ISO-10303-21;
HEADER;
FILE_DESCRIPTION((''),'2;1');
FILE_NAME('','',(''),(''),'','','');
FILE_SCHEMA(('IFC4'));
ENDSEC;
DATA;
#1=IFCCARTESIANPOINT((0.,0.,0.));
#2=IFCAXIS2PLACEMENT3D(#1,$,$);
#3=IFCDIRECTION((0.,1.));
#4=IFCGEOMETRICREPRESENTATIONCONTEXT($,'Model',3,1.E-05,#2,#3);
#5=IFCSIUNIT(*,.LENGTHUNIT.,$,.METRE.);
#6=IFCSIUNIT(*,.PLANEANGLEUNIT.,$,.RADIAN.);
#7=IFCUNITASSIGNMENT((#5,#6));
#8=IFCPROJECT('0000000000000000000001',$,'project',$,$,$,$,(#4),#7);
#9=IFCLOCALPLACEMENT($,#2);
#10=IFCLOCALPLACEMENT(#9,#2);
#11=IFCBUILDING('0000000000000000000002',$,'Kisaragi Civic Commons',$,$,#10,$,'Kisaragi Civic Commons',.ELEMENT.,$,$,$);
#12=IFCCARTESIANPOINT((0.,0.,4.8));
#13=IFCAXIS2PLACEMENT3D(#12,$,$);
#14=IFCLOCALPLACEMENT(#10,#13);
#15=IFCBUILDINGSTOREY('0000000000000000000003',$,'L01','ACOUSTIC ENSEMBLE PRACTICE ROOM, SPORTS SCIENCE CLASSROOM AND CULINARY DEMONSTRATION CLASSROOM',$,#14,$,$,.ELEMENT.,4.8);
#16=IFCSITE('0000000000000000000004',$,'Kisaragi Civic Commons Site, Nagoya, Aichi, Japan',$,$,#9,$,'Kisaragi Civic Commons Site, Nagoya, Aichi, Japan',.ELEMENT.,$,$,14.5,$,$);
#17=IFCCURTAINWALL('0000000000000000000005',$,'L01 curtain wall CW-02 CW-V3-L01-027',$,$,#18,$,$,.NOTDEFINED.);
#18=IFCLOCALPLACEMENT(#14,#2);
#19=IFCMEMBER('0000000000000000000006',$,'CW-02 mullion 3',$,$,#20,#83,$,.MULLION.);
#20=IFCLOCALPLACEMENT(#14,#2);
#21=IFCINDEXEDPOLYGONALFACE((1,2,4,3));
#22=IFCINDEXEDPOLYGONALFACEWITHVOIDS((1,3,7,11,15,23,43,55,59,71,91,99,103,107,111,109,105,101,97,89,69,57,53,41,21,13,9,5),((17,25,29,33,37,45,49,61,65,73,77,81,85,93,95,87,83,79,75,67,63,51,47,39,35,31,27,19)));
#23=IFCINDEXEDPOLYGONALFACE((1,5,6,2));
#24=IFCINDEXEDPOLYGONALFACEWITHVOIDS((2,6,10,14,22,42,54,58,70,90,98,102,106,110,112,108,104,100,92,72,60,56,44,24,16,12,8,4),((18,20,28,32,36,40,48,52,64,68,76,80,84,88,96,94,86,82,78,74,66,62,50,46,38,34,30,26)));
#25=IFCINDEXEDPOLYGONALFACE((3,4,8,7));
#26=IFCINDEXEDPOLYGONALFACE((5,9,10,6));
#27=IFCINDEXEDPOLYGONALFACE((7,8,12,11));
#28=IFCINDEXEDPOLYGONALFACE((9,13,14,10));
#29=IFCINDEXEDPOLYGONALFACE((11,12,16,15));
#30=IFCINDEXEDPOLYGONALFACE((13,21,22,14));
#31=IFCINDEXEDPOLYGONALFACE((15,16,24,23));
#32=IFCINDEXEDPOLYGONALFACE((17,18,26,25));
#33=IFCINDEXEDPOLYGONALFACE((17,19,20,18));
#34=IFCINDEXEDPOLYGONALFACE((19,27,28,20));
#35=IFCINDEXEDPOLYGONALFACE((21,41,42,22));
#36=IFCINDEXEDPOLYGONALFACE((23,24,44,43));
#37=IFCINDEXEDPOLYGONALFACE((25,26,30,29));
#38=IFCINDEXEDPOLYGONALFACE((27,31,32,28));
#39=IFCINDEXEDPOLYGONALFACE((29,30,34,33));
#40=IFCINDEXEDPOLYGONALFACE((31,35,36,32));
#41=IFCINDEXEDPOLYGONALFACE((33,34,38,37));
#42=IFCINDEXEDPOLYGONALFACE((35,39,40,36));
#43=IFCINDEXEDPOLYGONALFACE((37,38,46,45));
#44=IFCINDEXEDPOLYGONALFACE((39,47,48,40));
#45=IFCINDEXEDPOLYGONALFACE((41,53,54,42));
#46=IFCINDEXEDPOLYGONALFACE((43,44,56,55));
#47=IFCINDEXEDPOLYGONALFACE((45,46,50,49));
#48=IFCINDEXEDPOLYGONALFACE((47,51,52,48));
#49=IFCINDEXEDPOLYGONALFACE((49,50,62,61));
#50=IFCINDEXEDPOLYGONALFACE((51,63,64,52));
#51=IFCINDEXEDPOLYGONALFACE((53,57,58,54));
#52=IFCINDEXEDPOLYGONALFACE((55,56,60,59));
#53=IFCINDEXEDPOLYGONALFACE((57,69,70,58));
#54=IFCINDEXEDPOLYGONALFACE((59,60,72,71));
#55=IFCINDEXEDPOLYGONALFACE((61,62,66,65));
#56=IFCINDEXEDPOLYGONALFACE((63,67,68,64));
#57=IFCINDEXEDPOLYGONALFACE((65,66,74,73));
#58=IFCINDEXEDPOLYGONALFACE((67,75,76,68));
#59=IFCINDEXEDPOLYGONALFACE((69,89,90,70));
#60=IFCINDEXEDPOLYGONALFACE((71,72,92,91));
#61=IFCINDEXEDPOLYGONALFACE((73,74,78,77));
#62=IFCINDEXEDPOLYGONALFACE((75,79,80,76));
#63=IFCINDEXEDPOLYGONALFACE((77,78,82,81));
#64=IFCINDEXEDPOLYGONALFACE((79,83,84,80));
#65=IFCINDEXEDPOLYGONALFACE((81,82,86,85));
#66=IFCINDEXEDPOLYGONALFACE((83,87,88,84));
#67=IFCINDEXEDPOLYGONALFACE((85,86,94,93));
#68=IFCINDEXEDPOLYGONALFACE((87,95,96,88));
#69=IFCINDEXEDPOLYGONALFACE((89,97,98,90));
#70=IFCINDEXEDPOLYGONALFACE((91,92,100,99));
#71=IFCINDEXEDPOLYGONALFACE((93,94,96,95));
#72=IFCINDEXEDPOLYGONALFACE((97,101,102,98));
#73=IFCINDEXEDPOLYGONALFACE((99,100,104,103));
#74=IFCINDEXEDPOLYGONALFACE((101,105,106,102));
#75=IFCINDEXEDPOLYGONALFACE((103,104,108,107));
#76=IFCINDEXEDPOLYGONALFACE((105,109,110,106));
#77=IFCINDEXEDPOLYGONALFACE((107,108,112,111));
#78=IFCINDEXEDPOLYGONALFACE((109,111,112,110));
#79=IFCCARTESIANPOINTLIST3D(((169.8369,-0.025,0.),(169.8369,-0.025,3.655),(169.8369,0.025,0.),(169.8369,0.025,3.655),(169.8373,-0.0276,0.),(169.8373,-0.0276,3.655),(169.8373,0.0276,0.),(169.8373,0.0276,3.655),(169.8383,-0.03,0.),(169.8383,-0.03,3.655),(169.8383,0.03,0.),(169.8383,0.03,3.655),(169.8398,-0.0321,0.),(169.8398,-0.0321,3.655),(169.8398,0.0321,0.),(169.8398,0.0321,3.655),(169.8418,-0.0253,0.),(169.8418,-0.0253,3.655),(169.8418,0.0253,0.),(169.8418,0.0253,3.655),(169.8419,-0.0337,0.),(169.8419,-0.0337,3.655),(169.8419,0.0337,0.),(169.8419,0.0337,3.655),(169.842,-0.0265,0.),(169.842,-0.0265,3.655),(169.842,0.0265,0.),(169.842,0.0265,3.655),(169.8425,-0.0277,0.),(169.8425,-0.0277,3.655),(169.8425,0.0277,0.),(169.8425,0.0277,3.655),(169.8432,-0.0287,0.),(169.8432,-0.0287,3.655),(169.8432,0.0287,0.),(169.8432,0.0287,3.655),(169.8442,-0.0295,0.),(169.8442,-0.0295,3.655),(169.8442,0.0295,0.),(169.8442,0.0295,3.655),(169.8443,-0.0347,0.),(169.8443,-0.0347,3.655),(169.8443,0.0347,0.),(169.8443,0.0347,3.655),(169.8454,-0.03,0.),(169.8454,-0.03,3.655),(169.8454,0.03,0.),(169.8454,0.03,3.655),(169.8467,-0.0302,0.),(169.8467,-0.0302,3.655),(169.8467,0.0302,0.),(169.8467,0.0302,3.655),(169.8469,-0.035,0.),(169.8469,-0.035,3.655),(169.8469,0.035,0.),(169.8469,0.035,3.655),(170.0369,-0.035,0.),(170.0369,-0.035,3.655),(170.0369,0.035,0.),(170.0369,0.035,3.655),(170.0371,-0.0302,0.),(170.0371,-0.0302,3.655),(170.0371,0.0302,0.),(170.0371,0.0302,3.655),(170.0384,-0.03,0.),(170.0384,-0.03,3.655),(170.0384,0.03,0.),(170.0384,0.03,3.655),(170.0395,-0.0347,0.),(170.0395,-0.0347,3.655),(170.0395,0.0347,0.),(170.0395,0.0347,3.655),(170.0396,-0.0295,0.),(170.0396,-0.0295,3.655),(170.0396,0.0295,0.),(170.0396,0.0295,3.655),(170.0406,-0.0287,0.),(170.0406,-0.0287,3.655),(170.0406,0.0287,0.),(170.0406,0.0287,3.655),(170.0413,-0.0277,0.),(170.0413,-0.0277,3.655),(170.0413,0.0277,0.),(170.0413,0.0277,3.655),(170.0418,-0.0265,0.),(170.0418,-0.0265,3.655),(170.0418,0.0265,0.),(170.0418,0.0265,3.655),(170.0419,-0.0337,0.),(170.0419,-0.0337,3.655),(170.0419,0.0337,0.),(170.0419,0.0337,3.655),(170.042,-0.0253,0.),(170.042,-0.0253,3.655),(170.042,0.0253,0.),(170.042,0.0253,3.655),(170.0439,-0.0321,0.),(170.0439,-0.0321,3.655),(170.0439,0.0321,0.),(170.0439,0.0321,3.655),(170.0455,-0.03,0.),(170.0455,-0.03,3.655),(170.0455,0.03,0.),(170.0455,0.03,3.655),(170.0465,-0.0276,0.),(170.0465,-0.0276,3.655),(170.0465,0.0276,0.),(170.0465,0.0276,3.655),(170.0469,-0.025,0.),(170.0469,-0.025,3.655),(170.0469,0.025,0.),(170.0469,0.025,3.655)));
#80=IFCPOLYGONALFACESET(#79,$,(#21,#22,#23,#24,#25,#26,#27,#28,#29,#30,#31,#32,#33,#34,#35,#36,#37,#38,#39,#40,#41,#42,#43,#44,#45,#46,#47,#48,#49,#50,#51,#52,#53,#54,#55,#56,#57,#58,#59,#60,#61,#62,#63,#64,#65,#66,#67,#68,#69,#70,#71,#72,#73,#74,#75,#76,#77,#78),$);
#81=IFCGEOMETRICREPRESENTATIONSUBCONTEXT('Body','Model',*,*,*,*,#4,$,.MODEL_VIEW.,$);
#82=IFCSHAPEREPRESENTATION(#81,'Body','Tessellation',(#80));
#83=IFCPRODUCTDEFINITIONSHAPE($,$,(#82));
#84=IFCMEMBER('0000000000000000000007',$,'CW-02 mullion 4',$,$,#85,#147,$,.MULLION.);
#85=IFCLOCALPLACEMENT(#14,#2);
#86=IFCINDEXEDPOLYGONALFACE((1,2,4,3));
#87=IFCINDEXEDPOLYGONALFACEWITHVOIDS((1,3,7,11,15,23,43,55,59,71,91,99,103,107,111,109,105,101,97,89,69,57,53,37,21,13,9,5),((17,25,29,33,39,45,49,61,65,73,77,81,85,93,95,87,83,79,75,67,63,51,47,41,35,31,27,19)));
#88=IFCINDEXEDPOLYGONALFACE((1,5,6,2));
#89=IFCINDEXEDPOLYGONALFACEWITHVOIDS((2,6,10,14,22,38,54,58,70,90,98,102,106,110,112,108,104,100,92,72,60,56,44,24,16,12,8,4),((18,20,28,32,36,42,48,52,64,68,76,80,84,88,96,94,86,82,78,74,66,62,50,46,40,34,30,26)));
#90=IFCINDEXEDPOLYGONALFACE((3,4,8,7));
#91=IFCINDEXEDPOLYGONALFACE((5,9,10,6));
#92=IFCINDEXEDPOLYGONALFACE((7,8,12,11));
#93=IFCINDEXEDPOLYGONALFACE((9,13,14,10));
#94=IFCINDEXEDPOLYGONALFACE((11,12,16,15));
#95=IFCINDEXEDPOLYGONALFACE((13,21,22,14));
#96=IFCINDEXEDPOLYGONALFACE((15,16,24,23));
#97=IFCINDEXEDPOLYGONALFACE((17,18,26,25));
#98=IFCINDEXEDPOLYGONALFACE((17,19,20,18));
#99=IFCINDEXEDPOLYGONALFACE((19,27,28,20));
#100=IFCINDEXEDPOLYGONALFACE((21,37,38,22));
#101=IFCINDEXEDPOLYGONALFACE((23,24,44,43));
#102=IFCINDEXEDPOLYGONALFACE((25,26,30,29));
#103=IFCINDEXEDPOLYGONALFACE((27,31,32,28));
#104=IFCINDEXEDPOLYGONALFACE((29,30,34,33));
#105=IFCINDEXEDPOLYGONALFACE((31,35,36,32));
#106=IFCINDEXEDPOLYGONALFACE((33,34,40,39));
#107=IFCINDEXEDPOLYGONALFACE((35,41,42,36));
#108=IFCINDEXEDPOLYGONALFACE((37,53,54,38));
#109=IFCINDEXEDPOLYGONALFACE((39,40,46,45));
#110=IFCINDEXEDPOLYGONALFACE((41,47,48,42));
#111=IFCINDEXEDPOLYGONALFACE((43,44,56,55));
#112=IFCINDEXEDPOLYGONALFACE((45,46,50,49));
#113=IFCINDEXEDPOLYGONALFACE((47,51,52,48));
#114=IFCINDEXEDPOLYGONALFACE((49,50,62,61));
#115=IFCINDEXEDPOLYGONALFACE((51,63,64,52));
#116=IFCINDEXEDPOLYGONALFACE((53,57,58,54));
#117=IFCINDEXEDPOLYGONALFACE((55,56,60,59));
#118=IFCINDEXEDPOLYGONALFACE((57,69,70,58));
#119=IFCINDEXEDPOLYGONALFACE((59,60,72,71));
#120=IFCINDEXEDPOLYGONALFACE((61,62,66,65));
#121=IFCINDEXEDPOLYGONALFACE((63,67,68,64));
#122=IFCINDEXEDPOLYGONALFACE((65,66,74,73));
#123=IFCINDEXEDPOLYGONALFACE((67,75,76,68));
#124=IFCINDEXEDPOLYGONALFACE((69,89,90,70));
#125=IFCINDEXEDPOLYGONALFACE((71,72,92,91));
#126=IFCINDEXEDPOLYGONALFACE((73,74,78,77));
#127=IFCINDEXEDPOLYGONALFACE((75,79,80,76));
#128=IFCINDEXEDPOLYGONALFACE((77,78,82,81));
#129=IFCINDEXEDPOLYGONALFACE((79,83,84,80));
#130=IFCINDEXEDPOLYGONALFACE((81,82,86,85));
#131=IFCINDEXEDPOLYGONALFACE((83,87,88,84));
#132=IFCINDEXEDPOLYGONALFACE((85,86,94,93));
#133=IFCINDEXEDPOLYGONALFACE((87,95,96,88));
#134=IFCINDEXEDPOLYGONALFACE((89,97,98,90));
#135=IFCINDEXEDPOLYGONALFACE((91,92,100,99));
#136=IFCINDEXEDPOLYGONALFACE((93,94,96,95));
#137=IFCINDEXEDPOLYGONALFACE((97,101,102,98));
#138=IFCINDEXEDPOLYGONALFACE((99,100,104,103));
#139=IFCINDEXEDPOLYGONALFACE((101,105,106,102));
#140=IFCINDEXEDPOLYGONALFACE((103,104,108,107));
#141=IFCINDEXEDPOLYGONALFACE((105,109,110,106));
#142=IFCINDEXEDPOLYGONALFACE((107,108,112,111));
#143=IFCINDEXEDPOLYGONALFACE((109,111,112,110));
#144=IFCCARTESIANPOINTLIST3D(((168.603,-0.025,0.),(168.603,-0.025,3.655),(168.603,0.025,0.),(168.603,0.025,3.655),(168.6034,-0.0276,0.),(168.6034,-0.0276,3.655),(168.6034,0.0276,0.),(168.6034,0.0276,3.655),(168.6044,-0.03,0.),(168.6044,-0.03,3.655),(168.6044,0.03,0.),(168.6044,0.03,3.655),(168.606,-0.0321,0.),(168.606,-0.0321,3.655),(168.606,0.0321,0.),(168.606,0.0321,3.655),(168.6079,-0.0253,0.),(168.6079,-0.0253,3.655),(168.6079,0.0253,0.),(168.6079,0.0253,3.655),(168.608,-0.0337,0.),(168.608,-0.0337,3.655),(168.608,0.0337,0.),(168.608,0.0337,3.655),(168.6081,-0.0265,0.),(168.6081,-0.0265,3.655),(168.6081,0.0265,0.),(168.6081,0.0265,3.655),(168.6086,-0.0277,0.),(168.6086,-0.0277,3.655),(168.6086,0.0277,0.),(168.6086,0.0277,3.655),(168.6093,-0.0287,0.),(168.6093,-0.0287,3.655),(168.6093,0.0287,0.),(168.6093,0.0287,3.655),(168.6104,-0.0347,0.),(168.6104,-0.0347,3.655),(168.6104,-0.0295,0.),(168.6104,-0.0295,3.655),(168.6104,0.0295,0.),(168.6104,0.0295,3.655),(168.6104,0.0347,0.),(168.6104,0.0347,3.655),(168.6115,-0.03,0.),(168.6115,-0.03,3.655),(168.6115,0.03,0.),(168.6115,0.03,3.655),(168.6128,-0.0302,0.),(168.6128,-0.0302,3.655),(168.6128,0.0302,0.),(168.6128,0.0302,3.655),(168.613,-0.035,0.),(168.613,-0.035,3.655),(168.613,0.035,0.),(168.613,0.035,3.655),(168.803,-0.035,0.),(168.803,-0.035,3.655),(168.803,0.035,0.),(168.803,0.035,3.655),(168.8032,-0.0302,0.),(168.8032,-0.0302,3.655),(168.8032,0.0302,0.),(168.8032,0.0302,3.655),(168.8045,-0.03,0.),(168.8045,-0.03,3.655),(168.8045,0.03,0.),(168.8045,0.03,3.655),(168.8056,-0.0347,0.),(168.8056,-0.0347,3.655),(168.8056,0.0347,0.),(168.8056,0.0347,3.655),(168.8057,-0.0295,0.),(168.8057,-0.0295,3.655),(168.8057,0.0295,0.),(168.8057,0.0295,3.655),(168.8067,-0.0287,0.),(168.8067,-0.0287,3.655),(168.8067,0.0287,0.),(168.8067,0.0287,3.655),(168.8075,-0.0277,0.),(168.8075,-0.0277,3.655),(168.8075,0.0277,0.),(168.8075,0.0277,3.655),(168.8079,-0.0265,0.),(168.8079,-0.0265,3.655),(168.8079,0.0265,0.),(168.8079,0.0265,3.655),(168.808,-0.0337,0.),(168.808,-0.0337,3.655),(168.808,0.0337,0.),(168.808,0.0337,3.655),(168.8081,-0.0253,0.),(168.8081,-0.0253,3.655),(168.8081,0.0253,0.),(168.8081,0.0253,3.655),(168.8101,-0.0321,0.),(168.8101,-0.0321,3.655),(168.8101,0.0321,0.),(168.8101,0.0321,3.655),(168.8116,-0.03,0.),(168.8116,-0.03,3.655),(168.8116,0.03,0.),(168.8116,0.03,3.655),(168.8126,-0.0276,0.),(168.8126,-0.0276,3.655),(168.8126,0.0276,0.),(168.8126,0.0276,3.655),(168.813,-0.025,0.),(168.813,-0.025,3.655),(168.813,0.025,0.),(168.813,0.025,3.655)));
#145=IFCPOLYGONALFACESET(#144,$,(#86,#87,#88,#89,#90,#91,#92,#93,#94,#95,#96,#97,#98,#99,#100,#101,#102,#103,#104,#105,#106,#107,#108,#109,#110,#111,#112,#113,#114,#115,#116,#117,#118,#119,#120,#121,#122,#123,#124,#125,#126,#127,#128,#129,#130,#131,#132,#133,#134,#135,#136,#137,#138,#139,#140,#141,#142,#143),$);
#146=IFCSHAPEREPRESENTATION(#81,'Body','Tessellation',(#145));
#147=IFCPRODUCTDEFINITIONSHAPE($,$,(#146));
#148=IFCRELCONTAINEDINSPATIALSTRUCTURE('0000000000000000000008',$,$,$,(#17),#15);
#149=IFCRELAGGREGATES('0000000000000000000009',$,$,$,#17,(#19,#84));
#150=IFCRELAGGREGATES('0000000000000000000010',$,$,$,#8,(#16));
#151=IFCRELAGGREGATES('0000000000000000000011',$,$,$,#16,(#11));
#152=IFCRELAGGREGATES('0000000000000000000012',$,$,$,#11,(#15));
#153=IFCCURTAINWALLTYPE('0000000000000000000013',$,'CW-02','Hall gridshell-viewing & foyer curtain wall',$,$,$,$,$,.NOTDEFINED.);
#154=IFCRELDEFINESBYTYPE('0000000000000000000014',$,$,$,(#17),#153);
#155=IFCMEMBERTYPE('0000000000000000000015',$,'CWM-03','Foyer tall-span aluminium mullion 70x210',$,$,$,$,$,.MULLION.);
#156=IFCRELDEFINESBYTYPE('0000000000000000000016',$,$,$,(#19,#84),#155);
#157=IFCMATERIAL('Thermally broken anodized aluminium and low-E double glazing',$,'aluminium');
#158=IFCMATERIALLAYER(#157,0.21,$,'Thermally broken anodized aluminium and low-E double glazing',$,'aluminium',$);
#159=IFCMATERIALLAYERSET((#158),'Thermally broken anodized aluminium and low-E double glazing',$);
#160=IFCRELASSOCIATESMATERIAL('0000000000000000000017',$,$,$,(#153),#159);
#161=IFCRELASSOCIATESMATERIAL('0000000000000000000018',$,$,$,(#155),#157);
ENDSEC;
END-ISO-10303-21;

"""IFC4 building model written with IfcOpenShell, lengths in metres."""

from ifc_helpers import new_model, si_unit, direction, frame, origin, origin_2d, place, context, subcontext, project, spatial, hollow_rectangle, extrude, material, layer, layer_set, material_profile, profile_set, type_object, element, aggregate, save


model = new_model("IFC4")

# Units and contexts
model_context = context("Model", 3, precision=1e-05, world=origin(), true_north=direction((0.0, 1.0)))
body_context = subcontext(model_context, "Body", "Model", "MODEL_VIEW")
ifc_project = project(units=[si_unit("LENGTHUNIT", "METRE"), si_unit("PLANEANGLEUNIT", "RADIAN")], contexts=[model_context])

# Site, building, storey
site_placement = place(None, origin())
site = spatial("IfcSite", under=ifc_project, at=site_placement, Name="Kisaragi Civic Commons Site, Nagoya, Aichi, Japan", LongName="Kisaragi Civic Commons Site, Nagoya, Aichi, Japan", CompositionType="ELEMENT", RefElevation=14.5)
building_placement = place(site_placement, origin())
building = spatial("IfcBuilding", under=site, at=building_placement, Name="Kisaragi Civic Commons", LongName="Kisaragi Civic Commons", CompositionType="ELEMENT")
storey_placement = place(building_placement, frame((0.0, 0.0, 4.8)))
storey = spatial("IfcBuildingStorey", under=building, at=storey_placement, Name="L01", Description="ACOUSTIC ENSEMBLE PRACTICE ROOM, SPORTS SCIENCE CLASSROOM AND CULINARY DEMONSTRATION CLASSROOM", CompositionType="ELEMENT", Elevation=4.8)

# Curtain wall, members
ifc_material = material(Name="Thermally broken anodized aluminium and low-E double glazing", Category="aluminium")
ifc_layer_1 = layer(ifc_material, 0.21, Name="Thermally broken anodized aluminium and low-E double glazing", Category="aluminium")
ifc_layer_set_1 = layer_set([ifc_layer_1], Name="Thermally broken anodized aluminium and low-E double glazing")
curtain_wall_type = type_object("IfcCurtainWallType", Name="CW-02", Description="Hall gridshell-viewing & foyer curtain wall", PredefinedType="NOTDEFINED", material=ifc_layer_set_1)
curtain_wall_placement = place(storey_placement, origin())
curtain_wall = element("IfcCurtainWall", 1, at=curtain_wall_placement, inside=storey, type_object=curtain_wall_type, Name="L01 curtain wall CW-02 CW-V3-L01-027", PredefinedType="NOTDEFINED")
ifc_material_profile_1 = material_profile(ifc_material, hollow_rectangle(XDim=0.0701, YDim=0.21, WallThickness=0.0049, InnerFilletRadius=0.0049, OuterFilletRadius=0.01, at=origin_2d()), Name="CWM-70x210x5", Category="aluminium")
ifc_profile_set_1 = profile_set([ifc_material_profile_1], Name="Thermally broken anodized aluminium and low-E double glazing")
member_type_1 = type_object("IfcMemberType", Name="CWM-03", Description="Foyer tall-span aluminium mullion 70x210", PredefinedType="MULLION", material=ifc_profile_set_1)
member_1_placement = place(storey_placement, frame((169.9419, 0.0, 0.0), z_axis=(0.0, 0.0, 1.0), x_axis=(0.0, -1.0, 0.0)))
member_1 = element("IfcMember", 2, at=member_1_placement, type_object=member_type_1, Name="CW-02 mullion 3", PredefinedType="MULLION", context=body_context, shape_type="SweptSolid", body=[
    extrude(hollow_rectangle(XDim=0.0701, YDim=0.21, WallThickness=0.0049, InnerFilletRadius=0.0049, OuterFilletRadius=0.01, at=origin_2d()), origin(), (0.0, 0.0, 1.0), 3.655),
])
member_2_placement = place(storey_placement, frame((168.708, 0.0, 0.0), z_axis=(0.0, 0.0, 1.0), x_axis=(0.0, -1.0, 0.0)))
member_2 = element("IfcMember", 3, at=member_2_placement, type_object=member_type_1, Name="CW-02 mullion 4", PredefinedType="MULLION", context=body_context, shape_type="SweptSolid", body=[
    extrude(hollow_rectangle(XDim=0.0701, YDim=0.21, WallThickness=0.0049, InnerFilletRadius=0.0049, OuterFilletRadius=0.01, at=origin_2d()), origin(), (0.0, 0.0, 1.0), 3.655),
])
aggregate(curtain_wall, [member_1, member_2])

save(model, "model.ifc")
